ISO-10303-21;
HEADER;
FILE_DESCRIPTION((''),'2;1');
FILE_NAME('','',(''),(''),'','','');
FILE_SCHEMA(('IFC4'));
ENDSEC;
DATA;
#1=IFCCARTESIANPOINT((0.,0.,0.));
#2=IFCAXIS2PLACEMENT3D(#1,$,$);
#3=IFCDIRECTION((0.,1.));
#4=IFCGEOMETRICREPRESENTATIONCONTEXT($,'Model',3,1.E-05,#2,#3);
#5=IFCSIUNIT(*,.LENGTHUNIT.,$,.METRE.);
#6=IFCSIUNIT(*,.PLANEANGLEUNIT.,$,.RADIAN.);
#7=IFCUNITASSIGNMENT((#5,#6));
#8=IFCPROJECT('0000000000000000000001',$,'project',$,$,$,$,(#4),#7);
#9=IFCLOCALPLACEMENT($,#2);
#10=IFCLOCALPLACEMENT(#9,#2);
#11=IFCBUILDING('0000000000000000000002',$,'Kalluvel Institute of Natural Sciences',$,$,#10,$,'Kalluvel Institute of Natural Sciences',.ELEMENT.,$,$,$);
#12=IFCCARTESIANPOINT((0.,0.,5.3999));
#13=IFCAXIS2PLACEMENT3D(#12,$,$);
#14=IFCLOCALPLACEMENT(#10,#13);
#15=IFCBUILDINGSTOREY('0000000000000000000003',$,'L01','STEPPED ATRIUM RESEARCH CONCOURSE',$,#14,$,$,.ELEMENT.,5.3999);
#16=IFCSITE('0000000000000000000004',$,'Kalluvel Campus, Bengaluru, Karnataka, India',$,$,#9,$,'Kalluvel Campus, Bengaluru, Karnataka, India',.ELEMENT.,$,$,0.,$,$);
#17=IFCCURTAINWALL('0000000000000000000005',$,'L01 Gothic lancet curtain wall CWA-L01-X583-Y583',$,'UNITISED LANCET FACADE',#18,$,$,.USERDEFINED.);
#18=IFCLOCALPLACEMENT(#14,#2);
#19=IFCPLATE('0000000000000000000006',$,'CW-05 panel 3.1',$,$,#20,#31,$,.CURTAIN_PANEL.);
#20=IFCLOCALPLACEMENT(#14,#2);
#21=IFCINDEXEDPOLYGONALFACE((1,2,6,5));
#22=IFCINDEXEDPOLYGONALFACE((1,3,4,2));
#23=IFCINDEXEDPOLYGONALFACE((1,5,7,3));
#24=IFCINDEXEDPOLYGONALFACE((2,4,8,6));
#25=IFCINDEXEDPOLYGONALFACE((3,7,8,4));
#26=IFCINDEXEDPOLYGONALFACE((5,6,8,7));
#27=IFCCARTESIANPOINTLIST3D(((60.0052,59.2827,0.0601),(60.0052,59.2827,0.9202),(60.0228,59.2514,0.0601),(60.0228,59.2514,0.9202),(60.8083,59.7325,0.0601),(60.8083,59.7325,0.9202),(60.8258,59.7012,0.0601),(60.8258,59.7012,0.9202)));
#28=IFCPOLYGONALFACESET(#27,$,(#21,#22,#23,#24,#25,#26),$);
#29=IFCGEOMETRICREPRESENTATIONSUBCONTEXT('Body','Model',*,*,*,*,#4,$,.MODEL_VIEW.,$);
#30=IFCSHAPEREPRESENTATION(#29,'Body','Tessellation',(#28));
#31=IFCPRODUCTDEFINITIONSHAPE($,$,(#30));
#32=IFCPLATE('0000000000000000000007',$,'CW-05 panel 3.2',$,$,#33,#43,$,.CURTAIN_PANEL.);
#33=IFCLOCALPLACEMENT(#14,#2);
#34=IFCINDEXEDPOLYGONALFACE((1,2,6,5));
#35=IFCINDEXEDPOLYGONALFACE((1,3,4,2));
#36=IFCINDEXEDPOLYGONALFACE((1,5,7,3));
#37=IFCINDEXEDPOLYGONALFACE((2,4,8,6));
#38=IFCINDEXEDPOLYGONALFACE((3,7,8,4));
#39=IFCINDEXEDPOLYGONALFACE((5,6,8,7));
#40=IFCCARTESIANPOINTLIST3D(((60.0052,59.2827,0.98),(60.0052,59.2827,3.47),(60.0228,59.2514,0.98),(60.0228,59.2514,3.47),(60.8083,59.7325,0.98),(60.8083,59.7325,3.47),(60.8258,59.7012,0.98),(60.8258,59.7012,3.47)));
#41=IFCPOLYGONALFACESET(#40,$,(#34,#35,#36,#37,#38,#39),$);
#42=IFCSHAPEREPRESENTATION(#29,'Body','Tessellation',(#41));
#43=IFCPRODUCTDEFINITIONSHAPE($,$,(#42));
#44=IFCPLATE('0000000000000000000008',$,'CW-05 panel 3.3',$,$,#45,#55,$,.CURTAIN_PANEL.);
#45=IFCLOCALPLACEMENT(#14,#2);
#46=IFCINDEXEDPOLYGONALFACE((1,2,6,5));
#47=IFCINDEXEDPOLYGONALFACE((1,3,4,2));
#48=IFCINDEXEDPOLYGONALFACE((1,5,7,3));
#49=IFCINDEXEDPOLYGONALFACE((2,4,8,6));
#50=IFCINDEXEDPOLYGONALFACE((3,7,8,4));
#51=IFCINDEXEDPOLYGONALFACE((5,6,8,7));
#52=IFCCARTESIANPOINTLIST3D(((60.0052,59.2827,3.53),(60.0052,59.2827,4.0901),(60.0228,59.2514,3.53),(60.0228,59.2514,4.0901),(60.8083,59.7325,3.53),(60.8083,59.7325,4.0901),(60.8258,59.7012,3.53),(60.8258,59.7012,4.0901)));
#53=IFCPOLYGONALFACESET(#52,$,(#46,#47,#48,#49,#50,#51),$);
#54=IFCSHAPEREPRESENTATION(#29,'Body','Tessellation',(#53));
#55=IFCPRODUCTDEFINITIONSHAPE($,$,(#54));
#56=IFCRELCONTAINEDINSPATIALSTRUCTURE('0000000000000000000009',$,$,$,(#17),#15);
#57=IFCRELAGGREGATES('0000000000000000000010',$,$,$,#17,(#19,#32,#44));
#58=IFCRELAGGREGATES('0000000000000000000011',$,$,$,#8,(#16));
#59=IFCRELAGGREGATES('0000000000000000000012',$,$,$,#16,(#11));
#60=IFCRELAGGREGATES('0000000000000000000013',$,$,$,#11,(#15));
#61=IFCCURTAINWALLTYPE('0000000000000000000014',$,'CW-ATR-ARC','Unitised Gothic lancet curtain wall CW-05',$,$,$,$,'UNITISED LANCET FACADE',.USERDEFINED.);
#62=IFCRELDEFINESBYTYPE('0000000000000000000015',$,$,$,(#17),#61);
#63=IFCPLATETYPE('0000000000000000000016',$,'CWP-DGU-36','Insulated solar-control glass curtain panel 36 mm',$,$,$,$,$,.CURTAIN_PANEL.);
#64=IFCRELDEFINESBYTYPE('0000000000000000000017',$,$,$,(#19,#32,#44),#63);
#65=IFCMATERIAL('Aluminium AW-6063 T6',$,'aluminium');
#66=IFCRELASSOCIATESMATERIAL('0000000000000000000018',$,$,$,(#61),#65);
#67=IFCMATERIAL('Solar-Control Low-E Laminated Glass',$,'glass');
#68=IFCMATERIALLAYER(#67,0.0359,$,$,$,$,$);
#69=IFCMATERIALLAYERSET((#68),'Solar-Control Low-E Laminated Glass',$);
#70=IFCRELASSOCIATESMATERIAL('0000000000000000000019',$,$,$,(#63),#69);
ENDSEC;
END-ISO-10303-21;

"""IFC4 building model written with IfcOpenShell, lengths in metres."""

from ifc_helpers import new_model, si_unit, direction, frame, origin, origin_2d, place, context, subcontext, project, spatial, rectangle, extrude, material, layer, layer_set, type_object, element, aggregate, save


model = new_model("IFC4")

# Units and contexts
model_context = context("Model", 3, precision=1e-05, world=origin(), true_north=direction((0.0, 1.0)))
body_context = subcontext(model_context, "Body", "Model", "MODEL_VIEW")
ifc_project = project(units=[si_unit("LENGTHUNIT", "METRE"), si_unit("PLANEANGLEUNIT", "RADIAN")], contexts=[model_context])

# Site, building, storey
site_placement = place(None, origin())
site = spatial("IfcSite", under=ifc_project, at=site_placement, Name="Kalluvel Campus, Bengaluru, Karnataka, India", LongName="Kalluvel Campus, Bengaluru, Karnataka, India", CompositionType="ELEMENT", RefElevation=0.0)
building_placement = place(site_placement, origin())
building = spatial("IfcBuilding", under=site, at=building_placement, Name="Kalluvel Institute of Natural Sciences", LongName="Kalluvel Institute of Natural Sciences", CompositionType="ELEMENT")
storey_placement = place(building_placement, frame((0.0, 0.0, 5.3999)))
storey = spatial("IfcBuildingStorey", under=building, at=storey_placement, Name="L01", Description="STEPPED ATRIUM RESEARCH CONCOURSE", CompositionType="ELEMENT", Elevation=5.3999)

# Curtain wall, plates
ifc_material_1 = material(Name="Aluminium AW-6063 T6", Category="aluminium")
curtain_wall_type = type_object("IfcCurtainWallType", Name="CW-ATR-ARC", Description="Unitised Gothic lancet curtain wall CW-05", ElementType="UNITISED LANCET FACADE", PredefinedType="USERDEFINED", material=ifc_material_1)
curtain_wall_placement = place(storey_placement, origin())
curtain_wall = element("IfcCurtainWall", 1, at=curtain_wall_placement, inside=storey, type_object=curtain_wall_type, Name="L01 Gothic lancet curtain wall CWA-L01-X583-Y583", ObjectType="UNITISED LANCET FACADE", PredefinedType="USERDEFINED")
ifc_material_2 = material(Name="Solar-Control Low-E Laminated Glass", Category="glass")
ifc_layer = layer(ifc_material_2, 0.0359)
ifc_layer_set = layer_set([ifc_layer], Name="Solar-Control Low-E Laminated Glass")
plate_type = type_object("IfcPlateType", Name="CWP-DGU-36", Description="Insulated solar-control glass curtain panel 36 mm", PredefinedType="CURTAIN_PANEL", material=ifc_layer_set)
plate_1_placement = place(storey_placement, frame((60.4155, 59.4919, 0.0601), z_axis=(0.0, 0.0, 1.0), x_axis=(0.872497, 0.488619, 0.0)))
plate_1 = element("IfcPlate", 2, at=plate_1_placement, type_object=plate_type, Name="CW-05 panel 3.1", PredefinedType="CURTAIN_PANEL", context=body_context, shape_type="SweptSolid", body=[
    extrude(rectangle(XDim=0.9204, YDim=0.0359, at=origin_2d()), origin(), (0.0, 0.0, 1.0), 0.8601),
])
plate_2_placement = place(storey_placement, frame((60.4155, 59.4919, 0.98), z_axis=(0.0, 0.0, 1.0), x_axis=(0.872497, 0.488619, 0.0)))
plate_2 = element("IfcPlate", 3, at=plate_2_placement, type_object=plate_type, Name="CW-05 panel 3.2", PredefinedType="CURTAIN_PANEL", context=body_context, shape_type="SweptSolid", body=[
    extrude(rectangle(XDim=0.9204, YDim=0.0359, at=origin_2d()), origin(), (0.0, 0.0, 1.0), 2.49),
])
plate_3_placement = place(storey_placement, frame((60.4155, 59.4919, 3.53), z_axis=(0.0, 0.0, 1.0), x_axis=(0.872497, 0.488619, 0.0)))
plate_3 = element("IfcPlate", 4, at=plate_3_placement, type_object=plate_type, Name="CW-05 panel 3.3", PredefinedType="CURTAIN_PANEL", context=body_context, shape_type="SweptSolid", body=[
    extrude(rectangle(XDim=0.9204, YDim=0.0359, at=origin_2d()), origin(), (0.0, 0.0, 1.0), 0.5601),
])
aggregate(curtain_wall, [plate_1, plate_2, plate_3])

save(model, "model.ifc")
